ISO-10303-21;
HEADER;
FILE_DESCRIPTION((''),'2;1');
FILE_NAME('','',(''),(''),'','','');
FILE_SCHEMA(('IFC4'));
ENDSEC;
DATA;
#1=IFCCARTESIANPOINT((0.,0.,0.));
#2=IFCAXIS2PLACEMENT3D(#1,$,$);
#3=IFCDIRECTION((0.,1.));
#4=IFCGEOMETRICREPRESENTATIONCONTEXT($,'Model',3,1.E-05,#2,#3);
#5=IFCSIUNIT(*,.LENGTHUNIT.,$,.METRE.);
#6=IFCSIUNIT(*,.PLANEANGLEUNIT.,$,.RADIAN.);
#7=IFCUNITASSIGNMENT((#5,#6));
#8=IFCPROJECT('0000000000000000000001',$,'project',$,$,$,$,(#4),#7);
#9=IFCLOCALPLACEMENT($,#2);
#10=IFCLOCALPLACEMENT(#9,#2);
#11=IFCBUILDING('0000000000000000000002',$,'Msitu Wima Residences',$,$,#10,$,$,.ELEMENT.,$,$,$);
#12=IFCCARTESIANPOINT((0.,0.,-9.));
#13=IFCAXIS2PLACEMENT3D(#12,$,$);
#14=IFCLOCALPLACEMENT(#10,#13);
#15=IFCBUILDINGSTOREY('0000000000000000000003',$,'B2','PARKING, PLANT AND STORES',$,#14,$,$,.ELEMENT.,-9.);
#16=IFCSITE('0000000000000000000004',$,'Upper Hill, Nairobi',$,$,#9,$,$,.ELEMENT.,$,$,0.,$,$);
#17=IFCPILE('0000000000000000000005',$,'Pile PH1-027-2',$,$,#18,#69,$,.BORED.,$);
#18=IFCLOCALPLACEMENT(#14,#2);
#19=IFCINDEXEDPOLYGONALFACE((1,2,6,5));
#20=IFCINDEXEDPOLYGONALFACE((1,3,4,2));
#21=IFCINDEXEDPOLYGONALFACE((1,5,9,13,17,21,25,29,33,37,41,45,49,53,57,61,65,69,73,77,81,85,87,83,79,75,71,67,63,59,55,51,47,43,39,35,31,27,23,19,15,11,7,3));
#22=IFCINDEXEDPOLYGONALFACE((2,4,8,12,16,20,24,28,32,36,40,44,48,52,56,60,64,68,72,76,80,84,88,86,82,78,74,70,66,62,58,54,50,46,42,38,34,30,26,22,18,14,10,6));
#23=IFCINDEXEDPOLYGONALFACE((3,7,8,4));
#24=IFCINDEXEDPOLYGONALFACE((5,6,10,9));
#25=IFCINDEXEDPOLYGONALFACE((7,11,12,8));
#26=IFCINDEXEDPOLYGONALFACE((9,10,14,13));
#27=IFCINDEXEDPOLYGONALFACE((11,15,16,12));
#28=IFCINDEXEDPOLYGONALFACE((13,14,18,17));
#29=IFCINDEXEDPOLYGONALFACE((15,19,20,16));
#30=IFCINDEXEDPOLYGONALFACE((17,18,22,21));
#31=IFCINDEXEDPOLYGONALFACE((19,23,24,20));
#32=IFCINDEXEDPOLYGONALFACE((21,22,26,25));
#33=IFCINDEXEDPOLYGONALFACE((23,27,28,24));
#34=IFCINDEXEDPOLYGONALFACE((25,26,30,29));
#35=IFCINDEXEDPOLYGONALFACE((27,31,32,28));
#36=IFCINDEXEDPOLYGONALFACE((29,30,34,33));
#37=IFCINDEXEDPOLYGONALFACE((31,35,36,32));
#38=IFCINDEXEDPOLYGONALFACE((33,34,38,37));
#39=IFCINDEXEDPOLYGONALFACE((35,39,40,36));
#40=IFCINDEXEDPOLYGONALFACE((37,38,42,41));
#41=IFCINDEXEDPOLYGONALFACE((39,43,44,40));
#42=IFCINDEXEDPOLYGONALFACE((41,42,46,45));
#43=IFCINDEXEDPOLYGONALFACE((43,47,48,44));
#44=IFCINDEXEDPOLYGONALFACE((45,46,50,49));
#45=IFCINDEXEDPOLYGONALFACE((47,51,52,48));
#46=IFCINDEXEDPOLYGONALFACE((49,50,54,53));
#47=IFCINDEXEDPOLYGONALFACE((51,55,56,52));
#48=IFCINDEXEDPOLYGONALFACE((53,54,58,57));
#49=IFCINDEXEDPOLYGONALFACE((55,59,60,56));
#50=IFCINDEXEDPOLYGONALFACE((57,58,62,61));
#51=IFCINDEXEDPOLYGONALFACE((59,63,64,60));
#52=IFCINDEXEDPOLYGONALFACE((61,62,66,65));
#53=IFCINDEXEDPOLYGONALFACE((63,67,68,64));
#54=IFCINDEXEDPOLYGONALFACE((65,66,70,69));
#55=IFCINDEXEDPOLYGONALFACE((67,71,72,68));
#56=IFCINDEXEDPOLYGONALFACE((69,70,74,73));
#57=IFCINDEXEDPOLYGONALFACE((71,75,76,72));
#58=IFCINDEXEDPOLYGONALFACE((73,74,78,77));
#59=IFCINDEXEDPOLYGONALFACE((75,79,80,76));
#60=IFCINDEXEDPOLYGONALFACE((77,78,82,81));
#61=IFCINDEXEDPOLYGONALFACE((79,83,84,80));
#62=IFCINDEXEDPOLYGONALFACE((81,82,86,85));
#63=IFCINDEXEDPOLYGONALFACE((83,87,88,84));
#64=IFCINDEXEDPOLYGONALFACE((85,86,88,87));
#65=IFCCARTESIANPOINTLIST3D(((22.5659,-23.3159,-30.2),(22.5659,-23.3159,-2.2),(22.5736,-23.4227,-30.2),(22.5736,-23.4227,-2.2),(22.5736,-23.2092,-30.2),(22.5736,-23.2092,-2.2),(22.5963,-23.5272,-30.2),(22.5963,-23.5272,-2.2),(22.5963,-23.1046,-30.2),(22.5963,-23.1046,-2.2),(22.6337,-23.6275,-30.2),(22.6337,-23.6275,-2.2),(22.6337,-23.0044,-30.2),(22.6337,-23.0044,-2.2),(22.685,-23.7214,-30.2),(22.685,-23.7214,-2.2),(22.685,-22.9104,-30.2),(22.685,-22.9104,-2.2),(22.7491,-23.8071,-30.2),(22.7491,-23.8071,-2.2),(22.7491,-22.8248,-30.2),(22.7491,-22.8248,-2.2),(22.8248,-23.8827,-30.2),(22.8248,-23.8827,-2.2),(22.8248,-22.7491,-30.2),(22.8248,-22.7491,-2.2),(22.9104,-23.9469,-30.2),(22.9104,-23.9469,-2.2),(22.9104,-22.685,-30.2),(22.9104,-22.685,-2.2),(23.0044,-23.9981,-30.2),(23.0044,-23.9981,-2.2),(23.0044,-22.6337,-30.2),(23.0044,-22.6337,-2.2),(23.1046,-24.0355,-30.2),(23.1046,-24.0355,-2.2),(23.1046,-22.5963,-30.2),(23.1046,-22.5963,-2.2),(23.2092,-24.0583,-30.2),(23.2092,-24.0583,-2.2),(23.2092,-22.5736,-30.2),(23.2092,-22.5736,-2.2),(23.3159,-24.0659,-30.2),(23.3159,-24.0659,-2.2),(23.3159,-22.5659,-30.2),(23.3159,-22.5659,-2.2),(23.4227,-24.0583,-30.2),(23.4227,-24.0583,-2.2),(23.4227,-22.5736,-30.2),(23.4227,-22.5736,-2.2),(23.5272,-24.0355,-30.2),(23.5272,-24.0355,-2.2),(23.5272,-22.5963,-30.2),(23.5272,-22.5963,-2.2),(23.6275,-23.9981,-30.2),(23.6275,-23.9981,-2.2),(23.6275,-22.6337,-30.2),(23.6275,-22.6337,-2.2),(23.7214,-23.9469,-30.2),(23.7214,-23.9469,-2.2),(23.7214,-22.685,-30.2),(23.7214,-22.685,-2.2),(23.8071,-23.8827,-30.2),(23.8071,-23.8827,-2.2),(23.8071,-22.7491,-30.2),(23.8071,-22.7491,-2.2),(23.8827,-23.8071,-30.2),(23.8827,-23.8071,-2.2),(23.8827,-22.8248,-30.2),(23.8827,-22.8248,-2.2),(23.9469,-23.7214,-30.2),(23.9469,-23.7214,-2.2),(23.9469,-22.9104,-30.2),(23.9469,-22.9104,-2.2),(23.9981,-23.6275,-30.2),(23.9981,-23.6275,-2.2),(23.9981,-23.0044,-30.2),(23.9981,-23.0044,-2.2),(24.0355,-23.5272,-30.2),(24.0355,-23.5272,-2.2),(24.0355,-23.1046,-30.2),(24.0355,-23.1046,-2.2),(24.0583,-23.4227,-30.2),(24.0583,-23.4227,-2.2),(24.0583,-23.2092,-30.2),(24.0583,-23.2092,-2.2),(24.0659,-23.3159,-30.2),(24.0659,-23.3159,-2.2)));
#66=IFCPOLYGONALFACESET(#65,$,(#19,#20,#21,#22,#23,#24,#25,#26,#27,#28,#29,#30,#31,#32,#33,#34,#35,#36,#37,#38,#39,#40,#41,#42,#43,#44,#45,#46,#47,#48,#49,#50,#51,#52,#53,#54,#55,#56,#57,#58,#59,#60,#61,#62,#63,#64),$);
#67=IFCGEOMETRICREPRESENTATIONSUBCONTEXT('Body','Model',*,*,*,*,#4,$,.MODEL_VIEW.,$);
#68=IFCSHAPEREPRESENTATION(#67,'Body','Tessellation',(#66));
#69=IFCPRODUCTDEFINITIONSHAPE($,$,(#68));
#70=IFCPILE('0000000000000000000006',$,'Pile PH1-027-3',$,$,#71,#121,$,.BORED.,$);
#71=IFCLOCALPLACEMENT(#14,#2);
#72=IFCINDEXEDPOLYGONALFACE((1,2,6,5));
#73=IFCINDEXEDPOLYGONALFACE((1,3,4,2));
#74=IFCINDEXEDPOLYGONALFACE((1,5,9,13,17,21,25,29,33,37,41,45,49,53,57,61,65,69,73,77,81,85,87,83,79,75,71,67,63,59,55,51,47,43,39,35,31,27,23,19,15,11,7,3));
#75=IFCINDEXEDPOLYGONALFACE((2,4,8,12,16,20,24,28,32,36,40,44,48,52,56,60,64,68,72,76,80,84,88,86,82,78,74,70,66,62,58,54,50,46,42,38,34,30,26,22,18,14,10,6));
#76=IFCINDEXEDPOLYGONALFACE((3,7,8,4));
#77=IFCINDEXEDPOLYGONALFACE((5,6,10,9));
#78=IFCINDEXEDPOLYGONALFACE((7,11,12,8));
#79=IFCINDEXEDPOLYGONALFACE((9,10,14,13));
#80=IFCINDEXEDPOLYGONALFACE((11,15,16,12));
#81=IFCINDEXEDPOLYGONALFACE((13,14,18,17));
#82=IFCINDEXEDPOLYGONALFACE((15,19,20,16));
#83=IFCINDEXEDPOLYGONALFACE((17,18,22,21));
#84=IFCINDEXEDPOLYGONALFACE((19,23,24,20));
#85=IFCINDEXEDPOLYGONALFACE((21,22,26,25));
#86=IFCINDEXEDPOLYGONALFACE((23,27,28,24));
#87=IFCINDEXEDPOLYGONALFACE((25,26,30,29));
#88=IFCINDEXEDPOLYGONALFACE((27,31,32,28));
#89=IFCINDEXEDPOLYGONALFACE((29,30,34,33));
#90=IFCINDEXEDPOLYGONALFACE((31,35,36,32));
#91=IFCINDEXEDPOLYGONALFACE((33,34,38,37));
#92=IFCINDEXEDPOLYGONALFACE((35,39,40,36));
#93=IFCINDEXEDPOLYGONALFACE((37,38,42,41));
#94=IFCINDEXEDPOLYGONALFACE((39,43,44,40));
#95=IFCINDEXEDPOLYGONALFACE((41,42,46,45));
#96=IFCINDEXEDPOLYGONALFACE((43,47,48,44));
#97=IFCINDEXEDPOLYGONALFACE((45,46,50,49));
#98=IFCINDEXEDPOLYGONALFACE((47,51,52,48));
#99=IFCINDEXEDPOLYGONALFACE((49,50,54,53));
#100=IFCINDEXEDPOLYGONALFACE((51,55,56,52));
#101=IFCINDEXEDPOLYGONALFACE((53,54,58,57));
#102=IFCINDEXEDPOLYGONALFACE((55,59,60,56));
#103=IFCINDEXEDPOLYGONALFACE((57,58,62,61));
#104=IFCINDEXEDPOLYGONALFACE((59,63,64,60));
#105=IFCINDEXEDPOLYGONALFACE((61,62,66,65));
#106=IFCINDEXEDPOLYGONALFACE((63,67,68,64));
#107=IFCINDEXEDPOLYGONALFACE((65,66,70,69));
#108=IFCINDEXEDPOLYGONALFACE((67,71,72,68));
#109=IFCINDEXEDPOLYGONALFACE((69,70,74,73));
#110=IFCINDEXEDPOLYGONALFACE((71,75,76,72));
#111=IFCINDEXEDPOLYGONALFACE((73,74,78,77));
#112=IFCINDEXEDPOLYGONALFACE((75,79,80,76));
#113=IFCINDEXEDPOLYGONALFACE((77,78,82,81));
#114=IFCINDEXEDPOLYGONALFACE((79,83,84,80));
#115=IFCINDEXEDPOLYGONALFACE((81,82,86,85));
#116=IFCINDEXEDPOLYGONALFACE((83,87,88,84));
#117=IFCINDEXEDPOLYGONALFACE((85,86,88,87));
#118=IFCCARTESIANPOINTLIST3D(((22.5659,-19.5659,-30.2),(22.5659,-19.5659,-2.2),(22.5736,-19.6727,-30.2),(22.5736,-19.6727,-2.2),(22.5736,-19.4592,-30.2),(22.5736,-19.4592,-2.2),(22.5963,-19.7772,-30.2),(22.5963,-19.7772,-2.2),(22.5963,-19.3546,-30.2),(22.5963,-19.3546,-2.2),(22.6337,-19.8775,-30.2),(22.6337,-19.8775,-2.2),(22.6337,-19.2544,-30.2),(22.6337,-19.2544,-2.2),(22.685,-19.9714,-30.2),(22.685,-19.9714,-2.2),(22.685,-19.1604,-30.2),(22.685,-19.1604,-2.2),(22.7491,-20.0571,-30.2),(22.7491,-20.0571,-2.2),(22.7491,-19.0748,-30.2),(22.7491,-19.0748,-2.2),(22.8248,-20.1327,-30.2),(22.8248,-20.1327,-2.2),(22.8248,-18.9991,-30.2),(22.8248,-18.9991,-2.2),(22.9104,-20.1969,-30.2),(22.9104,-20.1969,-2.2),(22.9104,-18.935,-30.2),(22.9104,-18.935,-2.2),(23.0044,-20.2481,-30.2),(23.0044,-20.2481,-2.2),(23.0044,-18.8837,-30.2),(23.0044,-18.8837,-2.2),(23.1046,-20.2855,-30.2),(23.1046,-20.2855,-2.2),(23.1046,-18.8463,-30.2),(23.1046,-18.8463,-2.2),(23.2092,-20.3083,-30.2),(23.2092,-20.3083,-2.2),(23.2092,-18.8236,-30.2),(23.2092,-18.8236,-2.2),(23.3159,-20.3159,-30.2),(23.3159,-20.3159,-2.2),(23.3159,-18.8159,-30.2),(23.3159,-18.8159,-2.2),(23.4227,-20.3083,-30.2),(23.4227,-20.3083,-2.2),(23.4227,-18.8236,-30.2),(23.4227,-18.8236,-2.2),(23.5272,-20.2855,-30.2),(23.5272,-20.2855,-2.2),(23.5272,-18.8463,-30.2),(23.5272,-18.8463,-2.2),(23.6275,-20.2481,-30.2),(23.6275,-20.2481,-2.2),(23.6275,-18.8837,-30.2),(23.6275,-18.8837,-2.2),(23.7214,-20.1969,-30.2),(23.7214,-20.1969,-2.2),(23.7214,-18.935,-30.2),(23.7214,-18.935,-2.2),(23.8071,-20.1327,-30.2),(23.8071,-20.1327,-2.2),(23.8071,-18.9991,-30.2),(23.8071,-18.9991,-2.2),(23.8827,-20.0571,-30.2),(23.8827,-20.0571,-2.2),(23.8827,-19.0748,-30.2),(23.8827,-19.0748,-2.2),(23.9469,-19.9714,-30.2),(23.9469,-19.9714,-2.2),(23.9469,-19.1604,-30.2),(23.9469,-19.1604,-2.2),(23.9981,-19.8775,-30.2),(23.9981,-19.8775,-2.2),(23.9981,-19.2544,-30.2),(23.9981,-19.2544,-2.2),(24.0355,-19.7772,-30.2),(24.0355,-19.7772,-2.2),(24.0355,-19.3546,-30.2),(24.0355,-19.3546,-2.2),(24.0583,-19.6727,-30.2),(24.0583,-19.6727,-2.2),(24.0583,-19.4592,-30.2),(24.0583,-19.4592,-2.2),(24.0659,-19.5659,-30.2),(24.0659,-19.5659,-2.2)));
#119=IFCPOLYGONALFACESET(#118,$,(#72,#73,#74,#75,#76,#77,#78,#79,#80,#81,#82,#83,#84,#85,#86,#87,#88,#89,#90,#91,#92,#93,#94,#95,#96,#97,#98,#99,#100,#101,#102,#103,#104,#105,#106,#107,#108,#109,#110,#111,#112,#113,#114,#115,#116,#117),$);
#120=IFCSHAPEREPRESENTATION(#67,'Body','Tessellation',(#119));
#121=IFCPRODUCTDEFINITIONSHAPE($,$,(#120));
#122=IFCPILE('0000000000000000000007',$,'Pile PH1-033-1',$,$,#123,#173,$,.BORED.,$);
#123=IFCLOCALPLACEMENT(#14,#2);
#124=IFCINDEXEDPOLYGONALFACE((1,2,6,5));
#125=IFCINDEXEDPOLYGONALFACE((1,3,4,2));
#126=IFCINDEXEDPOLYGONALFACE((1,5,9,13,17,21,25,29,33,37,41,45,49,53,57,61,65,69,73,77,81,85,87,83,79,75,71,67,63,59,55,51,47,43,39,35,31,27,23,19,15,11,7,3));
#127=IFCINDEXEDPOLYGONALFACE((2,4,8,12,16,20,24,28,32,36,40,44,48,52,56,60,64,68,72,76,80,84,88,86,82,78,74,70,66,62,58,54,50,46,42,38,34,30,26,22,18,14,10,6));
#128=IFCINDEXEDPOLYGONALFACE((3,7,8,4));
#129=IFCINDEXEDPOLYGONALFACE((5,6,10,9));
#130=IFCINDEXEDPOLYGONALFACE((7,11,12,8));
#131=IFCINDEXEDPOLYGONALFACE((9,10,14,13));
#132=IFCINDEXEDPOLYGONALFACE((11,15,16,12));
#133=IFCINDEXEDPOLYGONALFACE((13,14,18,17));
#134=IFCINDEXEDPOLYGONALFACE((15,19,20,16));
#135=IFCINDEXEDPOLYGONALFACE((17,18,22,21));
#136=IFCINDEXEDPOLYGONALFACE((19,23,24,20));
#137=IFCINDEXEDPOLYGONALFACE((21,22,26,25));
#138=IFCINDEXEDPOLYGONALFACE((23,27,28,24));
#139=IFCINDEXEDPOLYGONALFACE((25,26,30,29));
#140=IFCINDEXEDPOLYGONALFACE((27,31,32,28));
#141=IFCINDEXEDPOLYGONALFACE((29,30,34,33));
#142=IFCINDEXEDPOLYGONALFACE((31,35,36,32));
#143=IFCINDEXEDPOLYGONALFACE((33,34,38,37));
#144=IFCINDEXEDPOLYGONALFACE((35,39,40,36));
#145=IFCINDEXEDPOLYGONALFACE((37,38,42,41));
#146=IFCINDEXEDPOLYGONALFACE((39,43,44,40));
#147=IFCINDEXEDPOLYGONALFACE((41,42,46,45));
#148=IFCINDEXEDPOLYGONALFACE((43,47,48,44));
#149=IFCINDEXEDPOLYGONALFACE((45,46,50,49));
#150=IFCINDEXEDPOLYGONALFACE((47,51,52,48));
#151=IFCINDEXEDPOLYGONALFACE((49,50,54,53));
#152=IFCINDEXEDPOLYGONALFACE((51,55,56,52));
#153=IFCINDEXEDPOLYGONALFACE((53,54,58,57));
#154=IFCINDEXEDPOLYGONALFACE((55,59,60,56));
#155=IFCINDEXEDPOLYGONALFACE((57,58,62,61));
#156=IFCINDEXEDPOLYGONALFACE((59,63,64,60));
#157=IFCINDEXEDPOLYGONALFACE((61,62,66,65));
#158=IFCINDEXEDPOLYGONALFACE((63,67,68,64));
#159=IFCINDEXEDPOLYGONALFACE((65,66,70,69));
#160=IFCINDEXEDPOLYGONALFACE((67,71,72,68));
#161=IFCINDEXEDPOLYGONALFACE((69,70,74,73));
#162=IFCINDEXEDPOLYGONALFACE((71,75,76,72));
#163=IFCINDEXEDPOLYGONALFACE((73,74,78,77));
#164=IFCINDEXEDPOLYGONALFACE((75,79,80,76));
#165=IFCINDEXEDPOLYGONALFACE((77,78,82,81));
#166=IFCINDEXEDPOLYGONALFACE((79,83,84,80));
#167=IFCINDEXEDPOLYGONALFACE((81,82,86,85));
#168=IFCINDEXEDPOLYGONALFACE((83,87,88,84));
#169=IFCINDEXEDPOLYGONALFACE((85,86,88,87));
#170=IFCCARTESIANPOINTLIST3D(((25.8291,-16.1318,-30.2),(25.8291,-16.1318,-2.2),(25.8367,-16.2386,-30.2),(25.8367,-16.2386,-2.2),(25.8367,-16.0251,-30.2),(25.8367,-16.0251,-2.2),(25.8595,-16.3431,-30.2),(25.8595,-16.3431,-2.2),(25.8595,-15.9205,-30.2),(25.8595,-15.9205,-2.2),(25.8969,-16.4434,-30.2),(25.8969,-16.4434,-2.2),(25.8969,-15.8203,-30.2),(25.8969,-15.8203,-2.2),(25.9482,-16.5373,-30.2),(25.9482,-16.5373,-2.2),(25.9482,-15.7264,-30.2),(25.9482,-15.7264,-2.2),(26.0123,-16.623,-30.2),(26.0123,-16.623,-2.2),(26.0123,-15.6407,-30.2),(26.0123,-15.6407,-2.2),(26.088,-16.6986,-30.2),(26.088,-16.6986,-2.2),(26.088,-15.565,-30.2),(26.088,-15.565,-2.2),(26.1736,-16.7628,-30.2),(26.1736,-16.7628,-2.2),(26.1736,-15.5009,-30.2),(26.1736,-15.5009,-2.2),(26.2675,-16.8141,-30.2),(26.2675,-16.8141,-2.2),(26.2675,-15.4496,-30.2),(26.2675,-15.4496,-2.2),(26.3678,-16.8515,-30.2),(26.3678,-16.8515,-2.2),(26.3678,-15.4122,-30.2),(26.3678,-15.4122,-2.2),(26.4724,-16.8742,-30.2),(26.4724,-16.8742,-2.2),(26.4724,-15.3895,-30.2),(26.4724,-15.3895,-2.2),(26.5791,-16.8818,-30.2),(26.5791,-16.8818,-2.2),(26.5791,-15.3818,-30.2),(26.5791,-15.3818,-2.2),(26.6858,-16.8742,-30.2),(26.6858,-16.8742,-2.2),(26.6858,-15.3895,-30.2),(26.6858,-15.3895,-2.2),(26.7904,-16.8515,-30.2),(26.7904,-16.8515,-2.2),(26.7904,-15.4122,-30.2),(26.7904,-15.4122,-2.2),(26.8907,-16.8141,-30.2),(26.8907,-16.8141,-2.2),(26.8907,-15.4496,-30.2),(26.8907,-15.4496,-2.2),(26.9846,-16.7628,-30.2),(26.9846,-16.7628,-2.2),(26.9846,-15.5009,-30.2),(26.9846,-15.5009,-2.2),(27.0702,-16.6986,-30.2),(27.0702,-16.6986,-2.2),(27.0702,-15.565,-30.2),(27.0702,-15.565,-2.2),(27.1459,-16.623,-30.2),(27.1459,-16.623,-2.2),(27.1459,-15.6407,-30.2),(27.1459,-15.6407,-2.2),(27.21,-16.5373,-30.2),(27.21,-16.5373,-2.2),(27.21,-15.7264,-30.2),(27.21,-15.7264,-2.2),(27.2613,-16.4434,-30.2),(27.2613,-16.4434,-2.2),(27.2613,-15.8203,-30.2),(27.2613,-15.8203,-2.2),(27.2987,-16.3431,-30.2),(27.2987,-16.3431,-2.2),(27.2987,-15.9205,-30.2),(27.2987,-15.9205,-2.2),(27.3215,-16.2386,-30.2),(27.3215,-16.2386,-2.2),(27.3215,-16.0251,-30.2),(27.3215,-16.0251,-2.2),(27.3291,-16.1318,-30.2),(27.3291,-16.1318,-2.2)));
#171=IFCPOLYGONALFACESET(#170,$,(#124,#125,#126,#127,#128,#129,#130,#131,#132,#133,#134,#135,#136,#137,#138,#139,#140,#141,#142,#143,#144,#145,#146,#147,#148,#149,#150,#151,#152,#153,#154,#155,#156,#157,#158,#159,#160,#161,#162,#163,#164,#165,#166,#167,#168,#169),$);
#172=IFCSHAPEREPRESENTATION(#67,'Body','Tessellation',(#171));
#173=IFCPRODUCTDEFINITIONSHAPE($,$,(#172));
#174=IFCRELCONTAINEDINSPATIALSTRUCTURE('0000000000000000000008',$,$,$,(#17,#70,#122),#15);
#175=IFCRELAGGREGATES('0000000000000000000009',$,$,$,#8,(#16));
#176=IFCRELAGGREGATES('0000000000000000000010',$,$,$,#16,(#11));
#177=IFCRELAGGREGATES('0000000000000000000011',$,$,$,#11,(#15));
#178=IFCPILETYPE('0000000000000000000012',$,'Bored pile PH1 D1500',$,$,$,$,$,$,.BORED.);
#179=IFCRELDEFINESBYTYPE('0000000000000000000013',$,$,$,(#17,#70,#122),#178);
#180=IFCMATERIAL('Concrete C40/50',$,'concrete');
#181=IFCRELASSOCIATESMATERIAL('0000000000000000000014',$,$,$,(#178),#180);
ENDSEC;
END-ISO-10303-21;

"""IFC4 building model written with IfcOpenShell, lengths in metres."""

from ifc_helpers import new_model, si_unit, direction, frame, origin, origin_2d, place, context, subcontext, project, spatial, circle, extrude, material, type_object, element, save


model = new_model("IFC4")

# Units and contexts
model_context = context("Model", 3, precision=1e-05, world=origin(), true_north=direction((0.0, 1.0)))
body_context = subcontext(model_context, "Body", "Model", "MODEL_VIEW")
ifc_project = project(units=[si_unit("LENGTHUNIT", "METRE"), si_unit("PLANEANGLEUNIT", "RADIAN")], contexts=[model_context])

# Site, building, storey
site_placement = place(None, origin())
site = spatial("IfcSite", under=ifc_project, at=site_placement, Name="Upper Hill, Nairobi", CompositionType="ELEMENT", RefElevation=0.0)
building_placement = place(site_placement, origin())
building = spatial("IfcBuilding", under=site, at=building_placement, Name="Msitu Wima Residences", CompositionType="ELEMENT")
storey_placement = place(building_placement, frame((0.0, 0.0, -9.0)))
storey = spatial("IfcBuildingStorey", under=building, at=storey_placement, Name="B2", Description="PARKING, PLANT AND STORES", CompositionType="ELEMENT", Elevation=-9.0)

# Piles
ifc_material_1 = material(Name="Concrete C40/50", Category="concrete")
pile_type_1 = type_object("IfcPileType", Name="Bored pile PH1 D1500", PredefinedType="BORED", material=ifc_material_1)
for number, where, z_axis, x_axis, name in (
    (1, (23.3159, -23.3159, -2.2), (0.0, 0.0, -1.0), (1.0, 0.0, 0.0), "Pile PH1-027-2"),
    (2, (23.3159, -19.5659, -2.2), (0.0, 0.0, -1.0), (1.0, 0.0, 0.0), "Pile PH1-027-3"),
    (3, (26.5791, -16.1318, -2.2), (0.0, 0.0, -1.0), (1.0, 0.0, 0.0), "Pile PH1-033-1"),
):
    element("IfcPile", number, at=place(storey_placement, frame(where, z_axis=z_axis, x_axis=x_axis)), inside=storey, type_object=pile_type_1, Name=name, PredefinedType="BORED", context=body_context, shape_type="SweptSolid", body=[
        extrude(circle(Radius=0.75, at=origin_2d()), origin(), (0.0, 0.0, 1.0), 28.0),
    ])

save(model, "model.ifc")
